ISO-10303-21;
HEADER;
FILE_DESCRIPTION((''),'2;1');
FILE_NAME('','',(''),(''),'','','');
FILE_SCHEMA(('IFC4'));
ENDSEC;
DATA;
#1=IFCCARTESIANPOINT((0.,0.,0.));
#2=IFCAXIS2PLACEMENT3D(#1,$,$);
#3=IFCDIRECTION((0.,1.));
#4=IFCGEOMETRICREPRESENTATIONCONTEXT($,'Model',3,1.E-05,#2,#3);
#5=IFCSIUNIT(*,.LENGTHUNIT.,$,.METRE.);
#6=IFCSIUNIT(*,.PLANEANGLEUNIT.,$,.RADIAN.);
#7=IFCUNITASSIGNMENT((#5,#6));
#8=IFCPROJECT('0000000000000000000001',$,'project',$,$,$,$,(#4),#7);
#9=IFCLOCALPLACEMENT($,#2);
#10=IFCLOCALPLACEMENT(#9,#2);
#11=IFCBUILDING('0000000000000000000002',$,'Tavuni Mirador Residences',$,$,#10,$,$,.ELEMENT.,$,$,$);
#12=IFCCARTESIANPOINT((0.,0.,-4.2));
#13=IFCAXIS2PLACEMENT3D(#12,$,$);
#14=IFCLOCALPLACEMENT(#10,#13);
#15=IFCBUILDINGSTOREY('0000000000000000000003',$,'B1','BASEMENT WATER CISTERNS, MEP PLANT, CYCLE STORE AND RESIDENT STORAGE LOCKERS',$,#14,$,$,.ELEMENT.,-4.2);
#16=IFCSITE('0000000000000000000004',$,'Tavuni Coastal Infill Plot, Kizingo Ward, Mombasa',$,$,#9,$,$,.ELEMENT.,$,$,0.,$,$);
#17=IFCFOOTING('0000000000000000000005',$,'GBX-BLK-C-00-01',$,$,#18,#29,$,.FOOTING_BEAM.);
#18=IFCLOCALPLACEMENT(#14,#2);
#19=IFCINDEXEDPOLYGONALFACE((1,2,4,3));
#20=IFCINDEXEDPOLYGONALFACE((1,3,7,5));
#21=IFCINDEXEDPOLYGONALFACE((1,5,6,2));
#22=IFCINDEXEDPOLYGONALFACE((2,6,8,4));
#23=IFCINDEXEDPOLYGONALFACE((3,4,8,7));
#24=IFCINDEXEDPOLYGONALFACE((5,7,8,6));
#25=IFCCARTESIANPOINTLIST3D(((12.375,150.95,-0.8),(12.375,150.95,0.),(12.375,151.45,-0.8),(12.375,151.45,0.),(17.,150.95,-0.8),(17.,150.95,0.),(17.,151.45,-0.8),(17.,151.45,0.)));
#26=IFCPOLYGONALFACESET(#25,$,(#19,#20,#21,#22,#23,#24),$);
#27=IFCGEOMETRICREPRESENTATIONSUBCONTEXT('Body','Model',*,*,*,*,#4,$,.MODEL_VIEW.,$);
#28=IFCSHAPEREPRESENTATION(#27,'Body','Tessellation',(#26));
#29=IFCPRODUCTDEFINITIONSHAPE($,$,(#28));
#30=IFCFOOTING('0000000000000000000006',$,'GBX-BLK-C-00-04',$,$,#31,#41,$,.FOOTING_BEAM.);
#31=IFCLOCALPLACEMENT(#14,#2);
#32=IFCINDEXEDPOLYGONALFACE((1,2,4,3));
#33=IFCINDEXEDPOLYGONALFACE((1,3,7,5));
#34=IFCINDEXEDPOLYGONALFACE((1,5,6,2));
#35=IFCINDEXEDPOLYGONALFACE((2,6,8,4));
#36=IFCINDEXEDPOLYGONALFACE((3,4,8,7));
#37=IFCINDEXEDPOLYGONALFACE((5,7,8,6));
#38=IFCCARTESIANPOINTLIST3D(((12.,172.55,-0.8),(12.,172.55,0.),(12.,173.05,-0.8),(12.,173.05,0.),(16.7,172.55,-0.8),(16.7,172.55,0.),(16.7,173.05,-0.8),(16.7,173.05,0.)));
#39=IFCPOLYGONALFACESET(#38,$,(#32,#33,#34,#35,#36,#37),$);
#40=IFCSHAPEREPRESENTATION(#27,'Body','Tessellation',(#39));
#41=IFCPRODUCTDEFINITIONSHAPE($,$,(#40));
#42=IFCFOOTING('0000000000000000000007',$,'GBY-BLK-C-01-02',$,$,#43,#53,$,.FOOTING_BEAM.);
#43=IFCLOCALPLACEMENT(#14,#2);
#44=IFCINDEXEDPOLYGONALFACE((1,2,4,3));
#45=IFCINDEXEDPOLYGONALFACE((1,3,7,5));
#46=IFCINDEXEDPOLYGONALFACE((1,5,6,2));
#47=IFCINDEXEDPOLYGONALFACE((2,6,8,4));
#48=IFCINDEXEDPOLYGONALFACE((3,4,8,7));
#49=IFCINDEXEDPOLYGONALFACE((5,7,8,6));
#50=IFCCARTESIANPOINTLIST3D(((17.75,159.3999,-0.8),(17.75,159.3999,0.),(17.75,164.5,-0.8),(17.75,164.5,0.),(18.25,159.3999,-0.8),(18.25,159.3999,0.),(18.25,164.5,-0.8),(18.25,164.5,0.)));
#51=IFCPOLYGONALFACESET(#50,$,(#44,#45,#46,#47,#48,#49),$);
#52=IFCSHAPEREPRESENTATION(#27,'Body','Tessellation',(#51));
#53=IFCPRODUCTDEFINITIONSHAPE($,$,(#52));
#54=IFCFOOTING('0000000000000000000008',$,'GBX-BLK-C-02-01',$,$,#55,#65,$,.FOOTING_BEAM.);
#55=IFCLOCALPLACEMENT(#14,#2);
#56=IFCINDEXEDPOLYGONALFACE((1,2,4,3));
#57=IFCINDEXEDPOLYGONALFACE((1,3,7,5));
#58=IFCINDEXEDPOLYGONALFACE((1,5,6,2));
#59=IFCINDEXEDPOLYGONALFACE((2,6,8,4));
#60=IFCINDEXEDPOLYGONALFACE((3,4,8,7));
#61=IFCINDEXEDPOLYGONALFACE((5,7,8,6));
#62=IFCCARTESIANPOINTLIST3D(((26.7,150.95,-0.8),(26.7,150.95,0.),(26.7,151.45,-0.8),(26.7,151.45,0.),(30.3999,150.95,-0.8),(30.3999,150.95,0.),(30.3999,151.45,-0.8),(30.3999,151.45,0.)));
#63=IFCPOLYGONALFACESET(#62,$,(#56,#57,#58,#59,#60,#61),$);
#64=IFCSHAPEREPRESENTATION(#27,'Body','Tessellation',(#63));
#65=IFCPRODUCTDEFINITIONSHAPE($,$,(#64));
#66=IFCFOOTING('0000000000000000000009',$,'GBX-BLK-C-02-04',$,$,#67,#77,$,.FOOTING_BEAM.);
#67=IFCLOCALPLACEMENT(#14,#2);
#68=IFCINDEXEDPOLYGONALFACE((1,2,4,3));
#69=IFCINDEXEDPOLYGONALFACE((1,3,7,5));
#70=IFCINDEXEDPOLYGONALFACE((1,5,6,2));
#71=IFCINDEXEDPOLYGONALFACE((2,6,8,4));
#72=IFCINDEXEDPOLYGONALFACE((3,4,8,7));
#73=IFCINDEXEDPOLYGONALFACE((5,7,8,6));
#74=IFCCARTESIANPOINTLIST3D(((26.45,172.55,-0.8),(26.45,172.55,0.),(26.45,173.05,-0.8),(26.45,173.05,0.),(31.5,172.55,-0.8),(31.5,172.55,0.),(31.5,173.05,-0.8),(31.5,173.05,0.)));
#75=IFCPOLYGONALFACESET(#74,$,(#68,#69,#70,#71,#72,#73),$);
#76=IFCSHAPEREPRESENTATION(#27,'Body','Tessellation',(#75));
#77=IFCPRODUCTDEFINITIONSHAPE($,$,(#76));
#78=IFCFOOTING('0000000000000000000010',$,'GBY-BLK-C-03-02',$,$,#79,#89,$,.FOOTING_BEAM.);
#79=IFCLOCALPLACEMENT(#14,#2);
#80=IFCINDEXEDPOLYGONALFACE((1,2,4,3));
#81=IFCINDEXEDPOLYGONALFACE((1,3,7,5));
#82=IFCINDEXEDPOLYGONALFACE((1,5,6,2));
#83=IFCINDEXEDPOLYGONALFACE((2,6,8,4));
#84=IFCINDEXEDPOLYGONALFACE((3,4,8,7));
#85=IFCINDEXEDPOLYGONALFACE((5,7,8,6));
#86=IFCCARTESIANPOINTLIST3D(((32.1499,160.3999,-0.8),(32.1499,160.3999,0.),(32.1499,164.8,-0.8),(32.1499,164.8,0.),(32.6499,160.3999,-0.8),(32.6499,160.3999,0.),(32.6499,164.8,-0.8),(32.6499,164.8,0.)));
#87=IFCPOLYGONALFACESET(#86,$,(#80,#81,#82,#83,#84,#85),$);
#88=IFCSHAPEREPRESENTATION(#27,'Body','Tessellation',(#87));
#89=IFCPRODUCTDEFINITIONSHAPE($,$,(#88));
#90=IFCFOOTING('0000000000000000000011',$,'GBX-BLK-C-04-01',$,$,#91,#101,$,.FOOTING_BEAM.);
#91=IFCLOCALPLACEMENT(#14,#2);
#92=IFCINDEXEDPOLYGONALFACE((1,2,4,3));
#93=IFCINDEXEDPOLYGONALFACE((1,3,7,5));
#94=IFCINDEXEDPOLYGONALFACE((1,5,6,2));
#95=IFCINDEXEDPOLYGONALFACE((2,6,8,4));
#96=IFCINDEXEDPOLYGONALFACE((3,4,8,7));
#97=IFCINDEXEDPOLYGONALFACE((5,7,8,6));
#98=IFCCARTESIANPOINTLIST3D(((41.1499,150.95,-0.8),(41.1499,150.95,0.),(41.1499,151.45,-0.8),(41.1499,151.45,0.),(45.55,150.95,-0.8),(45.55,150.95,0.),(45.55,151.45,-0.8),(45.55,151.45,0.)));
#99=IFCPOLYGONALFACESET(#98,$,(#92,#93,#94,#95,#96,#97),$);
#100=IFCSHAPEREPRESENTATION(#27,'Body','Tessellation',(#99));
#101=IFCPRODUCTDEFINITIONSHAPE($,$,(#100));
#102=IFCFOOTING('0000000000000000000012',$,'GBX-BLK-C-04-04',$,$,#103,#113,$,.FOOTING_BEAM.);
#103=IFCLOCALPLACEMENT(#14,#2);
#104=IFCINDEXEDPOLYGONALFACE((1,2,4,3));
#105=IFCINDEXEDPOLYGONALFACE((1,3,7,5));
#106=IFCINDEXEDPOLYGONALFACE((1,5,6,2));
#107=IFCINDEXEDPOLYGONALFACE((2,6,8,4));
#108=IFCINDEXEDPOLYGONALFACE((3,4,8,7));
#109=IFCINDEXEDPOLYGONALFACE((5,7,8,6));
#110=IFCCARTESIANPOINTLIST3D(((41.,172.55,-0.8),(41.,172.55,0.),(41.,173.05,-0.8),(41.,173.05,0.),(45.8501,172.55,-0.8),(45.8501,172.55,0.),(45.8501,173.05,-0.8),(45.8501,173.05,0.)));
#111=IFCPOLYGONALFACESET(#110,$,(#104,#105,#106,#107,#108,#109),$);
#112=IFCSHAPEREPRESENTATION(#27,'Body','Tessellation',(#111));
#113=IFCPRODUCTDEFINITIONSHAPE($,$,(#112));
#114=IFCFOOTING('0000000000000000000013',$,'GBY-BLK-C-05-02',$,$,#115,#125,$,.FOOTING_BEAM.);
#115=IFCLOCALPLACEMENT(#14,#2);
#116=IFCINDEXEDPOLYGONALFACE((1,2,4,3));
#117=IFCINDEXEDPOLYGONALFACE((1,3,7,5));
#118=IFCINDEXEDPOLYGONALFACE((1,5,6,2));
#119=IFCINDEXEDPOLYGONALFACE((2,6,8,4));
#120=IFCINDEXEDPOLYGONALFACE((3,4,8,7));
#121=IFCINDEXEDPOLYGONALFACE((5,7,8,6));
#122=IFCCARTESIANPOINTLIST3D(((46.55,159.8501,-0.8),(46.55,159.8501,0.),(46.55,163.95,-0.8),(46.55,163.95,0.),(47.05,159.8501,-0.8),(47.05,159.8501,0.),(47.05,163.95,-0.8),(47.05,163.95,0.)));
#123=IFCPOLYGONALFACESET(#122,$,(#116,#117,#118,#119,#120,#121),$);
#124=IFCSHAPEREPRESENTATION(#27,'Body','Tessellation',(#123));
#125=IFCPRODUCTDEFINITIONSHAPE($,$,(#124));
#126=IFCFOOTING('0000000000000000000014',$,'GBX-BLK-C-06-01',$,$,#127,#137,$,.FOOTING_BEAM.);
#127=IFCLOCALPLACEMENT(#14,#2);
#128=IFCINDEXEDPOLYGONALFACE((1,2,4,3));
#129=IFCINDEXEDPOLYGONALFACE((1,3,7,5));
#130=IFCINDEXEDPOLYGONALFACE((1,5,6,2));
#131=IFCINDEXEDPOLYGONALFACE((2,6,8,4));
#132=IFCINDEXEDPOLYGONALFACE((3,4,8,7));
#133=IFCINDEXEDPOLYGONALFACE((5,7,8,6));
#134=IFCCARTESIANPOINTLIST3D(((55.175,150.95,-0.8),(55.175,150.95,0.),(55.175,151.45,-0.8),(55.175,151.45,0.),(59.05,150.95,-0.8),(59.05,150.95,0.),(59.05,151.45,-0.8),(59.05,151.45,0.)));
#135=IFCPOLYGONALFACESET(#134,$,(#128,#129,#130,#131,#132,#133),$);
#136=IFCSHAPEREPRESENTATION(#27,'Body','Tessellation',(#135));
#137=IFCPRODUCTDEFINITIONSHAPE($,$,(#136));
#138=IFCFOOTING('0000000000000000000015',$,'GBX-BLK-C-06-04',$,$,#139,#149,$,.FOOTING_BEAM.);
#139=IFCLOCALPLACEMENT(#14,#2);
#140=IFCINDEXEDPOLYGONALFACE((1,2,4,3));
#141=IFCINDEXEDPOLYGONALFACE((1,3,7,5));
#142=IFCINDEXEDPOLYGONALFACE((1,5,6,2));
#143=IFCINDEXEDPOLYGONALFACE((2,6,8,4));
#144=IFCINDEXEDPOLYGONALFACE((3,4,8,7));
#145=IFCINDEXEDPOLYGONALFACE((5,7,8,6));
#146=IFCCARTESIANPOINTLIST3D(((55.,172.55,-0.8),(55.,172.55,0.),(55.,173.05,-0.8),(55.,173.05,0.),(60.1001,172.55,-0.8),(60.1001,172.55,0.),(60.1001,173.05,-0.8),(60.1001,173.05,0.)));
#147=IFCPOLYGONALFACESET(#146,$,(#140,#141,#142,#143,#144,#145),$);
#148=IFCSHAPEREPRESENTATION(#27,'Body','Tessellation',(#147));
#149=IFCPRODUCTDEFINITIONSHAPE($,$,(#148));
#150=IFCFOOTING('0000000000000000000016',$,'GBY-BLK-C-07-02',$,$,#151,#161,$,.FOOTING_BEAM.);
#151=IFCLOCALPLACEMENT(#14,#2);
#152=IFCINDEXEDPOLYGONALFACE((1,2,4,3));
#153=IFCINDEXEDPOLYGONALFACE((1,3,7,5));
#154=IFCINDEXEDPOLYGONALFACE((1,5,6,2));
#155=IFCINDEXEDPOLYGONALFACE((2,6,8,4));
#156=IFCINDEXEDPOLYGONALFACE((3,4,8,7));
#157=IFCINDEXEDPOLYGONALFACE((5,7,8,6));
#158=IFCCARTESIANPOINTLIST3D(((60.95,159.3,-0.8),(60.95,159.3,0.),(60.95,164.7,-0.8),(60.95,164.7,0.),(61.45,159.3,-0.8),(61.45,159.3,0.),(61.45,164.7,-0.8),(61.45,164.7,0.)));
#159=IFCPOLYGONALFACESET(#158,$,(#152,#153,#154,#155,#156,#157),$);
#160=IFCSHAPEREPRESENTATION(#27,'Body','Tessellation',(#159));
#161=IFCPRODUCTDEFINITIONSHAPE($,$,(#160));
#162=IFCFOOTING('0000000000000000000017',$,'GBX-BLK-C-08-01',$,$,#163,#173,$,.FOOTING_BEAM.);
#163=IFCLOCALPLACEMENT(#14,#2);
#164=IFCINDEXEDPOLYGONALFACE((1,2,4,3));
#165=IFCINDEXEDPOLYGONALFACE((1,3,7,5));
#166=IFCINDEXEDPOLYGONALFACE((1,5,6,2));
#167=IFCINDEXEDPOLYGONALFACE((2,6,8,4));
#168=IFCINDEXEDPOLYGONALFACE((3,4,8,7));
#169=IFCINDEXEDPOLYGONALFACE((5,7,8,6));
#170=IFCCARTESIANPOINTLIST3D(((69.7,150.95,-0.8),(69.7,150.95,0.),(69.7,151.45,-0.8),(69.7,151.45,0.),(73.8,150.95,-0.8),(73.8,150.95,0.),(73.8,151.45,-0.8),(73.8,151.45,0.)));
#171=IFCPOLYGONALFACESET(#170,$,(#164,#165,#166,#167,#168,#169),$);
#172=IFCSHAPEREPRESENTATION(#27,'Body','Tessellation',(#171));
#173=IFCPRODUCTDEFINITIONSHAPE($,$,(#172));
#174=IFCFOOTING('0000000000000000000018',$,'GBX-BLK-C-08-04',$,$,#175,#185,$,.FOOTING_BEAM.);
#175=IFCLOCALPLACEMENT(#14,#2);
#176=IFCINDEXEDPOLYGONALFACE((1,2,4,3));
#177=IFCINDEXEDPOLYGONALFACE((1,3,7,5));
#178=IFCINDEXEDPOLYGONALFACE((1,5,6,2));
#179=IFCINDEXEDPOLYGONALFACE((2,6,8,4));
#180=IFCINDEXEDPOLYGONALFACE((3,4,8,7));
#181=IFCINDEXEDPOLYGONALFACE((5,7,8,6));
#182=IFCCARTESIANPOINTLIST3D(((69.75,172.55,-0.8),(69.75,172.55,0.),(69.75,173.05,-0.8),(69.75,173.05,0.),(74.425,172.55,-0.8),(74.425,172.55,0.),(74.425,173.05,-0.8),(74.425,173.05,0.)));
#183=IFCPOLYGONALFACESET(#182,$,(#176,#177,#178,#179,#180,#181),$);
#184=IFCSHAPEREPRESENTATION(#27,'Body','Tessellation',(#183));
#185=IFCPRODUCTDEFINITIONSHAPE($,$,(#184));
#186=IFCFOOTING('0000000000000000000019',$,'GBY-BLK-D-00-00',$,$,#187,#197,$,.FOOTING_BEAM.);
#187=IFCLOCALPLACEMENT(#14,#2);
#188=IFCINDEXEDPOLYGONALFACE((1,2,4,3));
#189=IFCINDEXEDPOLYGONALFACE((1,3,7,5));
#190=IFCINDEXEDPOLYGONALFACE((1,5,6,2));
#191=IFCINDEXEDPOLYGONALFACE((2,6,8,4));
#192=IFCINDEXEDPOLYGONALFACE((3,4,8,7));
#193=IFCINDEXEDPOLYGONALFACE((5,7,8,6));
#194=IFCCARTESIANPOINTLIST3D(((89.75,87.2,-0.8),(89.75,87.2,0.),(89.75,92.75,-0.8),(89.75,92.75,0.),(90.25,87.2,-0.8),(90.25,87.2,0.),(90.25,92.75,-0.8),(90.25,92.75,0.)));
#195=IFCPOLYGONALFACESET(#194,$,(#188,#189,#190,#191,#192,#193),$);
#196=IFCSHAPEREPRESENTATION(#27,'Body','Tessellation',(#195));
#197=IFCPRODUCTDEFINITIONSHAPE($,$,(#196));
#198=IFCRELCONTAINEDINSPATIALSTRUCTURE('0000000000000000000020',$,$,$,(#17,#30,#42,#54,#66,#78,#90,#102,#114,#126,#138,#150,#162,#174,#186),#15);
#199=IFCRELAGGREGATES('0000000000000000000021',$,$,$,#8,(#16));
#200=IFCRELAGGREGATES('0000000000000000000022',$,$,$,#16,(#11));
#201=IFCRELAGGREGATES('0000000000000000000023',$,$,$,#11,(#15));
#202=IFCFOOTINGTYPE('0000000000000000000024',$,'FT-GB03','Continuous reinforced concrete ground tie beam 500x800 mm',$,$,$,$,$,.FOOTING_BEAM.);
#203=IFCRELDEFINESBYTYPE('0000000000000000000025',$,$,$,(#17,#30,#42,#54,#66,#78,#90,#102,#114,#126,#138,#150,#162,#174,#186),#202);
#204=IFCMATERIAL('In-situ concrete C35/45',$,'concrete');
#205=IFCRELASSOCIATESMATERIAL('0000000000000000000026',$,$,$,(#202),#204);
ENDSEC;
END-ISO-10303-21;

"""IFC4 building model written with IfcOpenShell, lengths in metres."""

from ifc_helpers import new_model, si_unit, direction, frame, origin, place, context, subcontext, project, spatial, polyline, outline, extrude, material, type_object, element, save


model = new_model("IFC4")

# Units and contexts
model_context = context("Model", 3, precision=1e-05, world=origin(), true_north=direction((0.0, 1.0)))
body_context = subcontext(model_context, "Body", "Model", "MODEL_VIEW")
ifc_project = project(units=[si_unit("LENGTHUNIT", "METRE"), si_unit("PLANEANGLEUNIT", "RADIAN")], contexts=[model_context])

# Site, building, storey
site_placement = place(None, origin())
site = spatial("IfcSite", under=ifc_project, at=site_placement, Name="Tavuni Coastal Infill Plot, Kizingo Ward, Mombasa", CompositionType="ELEMENT", RefElevation=0.0)
building_placement = place(site_placement, origin())
building = spatial("IfcBuilding", under=site, at=building_placement, Name="Tavuni Mirador Residences", CompositionType="ELEMENT")
storey_placement = place(building_placement, frame((0.0, 0.0, -4.2)))
storey = spatial("IfcBuildingStorey", under=building, at=storey_placement, Name="B1", Description="BASEMENT WATER CISTERNS, MEP PLANT, CYCLE STORE AND RESIDENT STORAGE LOCKERS", CompositionType="ELEMENT", Elevation=-4.2)

# Footings
ifc_material = material(Name="In-situ concrete C35/45", Category="concrete")
footing_type = type_object("IfcFootingType", Name="FT-GB03", Description="Continuous reinforced concrete ground tie beam 500x800 mm", PredefinedType="FOOTING_BEAM", material=ifc_material)
footing_1_placement = place(storey_placement, frame((0.0, 0.0, -0.8)))
element("IfcFooting", 1, at=footing_1_placement, inside=storey, type_object=footing_type, Name="GBX-BLK-C-00-01", PredefinedType="FOOTING_BEAM", context=body_context, shape_type="SweptSolid", body=[
    extrude(outline(polyline([(12.375, 150.95), (17.0, 150.95), (17.0, 151.45), (12.375, 151.45), (12.375, 150.95)])), origin(), (0.0, 0.0, 1.0), 0.8),
])
footing_2_placement = place(storey_placement, frame((0.0, 0.0, -0.8)))
element("IfcFooting", 2, at=footing_2_placement, inside=storey, type_object=footing_type, Name="GBX-BLK-C-00-04", PredefinedType="FOOTING_BEAM", context=body_context, shape_type="SweptSolid", body=[
    extrude(outline(polyline([(12.0, 172.55), (16.7, 172.55), (16.7, 173.05), (12.0, 173.05), (12.0, 172.55)])), origin(), (0.0, 0.0, 1.0), 0.8),
])
footing_3_placement = place(storey_placement, frame((0.0, 0.0, -0.8)))
element("IfcFooting", 3, at=footing_3_placement, inside=storey, type_object=footing_type, Name="GBY-BLK-C-01-02", PredefinedType="FOOTING_BEAM", context=body_context, shape_type="SweptSolid", body=[
    extrude(outline(polyline([(17.75, 159.3999), (18.25, 159.3999), (18.25, 164.5), (17.75, 164.5), (17.75, 159.3999)])), origin(), (0.0, 0.0, 1.0), 0.8),
])
footing_4_placement = place(storey_placement, frame((0.0, 0.0, -0.8)))
element("IfcFooting", 4, at=footing_4_placement, inside=storey, type_object=footing_type, Name="GBX-BLK-C-02-01", PredefinedType="FOOTING_BEAM", context=body_context, shape_type="SweptSolid", body=[
    extrude(outline(polyline([(26.7, 150.95), (30.3999, 150.95), (30.3999, 151.45), (26.7, 151.45), (26.7, 150.95)])), origin(), (0.0, 0.0, 1.0), 0.8),
])
footing_5_placement = place(storey_placement, frame((0.0, 0.0, -0.8)))
element("IfcFooting", 5, at=footing_5_placement, inside=storey, type_object=footing_type, Name="GBX-BLK-C-02-04", PredefinedType="FOOTING_BEAM", context=body_context, shape_type="SweptSolid", body=[
    extrude(outline(polyline([(26.45, 172.55), (31.5, 172.55), (31.5, 173.05), (26.45, 173.05), (26.45, 172.55)])), origin(), (0.0, 0.0, 1.0), 0.8),
])
footing_6_placement = place(storey_placement, frame((0.0, 0.0, -0.8)))
element("IfcFooting", 6, at=footing_6_placement, inside=storey, type_object=footing_type, Name="GBY-BLK-C-03-02", PredefinedType="FOOTING_BEAM", context=body_context, shape_type="SweptSolid", body=[
    extrude(outline(polyline([(32.1499, 160.3999), (32.6499, 160.3999), (32.6499, 164.8), (32.1499, 164.8), (32.1499, 160.3999)])), origin(), (0.0, 0.0, 1.0), 0.8),
])
footing_7_placement = place(storey_placement, frame((0.0, 0.0, -0.8)))
element("IfcFooting", 7, at=footing_7_placement, inside=storey, type_object=footing_type, Name="GBX-BLK-C-04-01", PredefinedType="FOOTING_BEAM", context=body_context, shape_type="SweptSolid", body=[
    extrude(outline(polyline([(41.1499, 150.95), (45.55, 150.95), (45.55, 151.45), (41.1499, 151.45), (41.1499, 150.95)])), origin(), (0.0, 0.0, 1.0), 0.8),
])
footing_8_placement = place(storey_placement, frame((0.0, 0.0, -0.8)))
element("IfcFooting", 8, at=footing_8_placement, inside=storey, type_object=footing_type, Name="GBX-BLK-C-04-04", PredefinedType="FOOTING_BEAM", context=body_context, shape_type="SweptSolid", body=[
    extrude(outline(polyline([(41.0, 172.55), (45.8501, 172.55), (45.8501, 173.05), (41.0, 173.05), (41.0, 172.55)])), origin(), (0.0, 0.0, 1.0), 0.8),
])
footing_9_placement = place(storey_placement, frame((0.0, 0.0, -0.8)))
element("IfcFooting", 9, at=footing_9_placement, inside=storey, type_object=footing_type, Name="GBY-BLK-C-05-02", PredefinedType="FOOTING_BEAM", context=body_context, shape_type="SweptSolid", body=[
    extrude(outline(polyline([(46.55, 159.8501), (47.05, 159.8501), (47.05, 163.95), (46.55, 163.95), (46.55, 159.8501)])), origin(), (0.0, 0.0, 1.0), 0.8),
])
footing_10_placement = place(storey_placement, frame((0.0, 0.0, -0.8)))
element("IfcFooting", 10, at=footing_10_placement, inside=storey, type_object=footing_type, Name="GBX-BLK-C-06-01", PredefinedType="FOOTING_BEAM", context=body_context, shape_type="SweptSolid", body=[
    extrude(outline(polyline([(55.175, 150.95), (59.05, 150.95), (59.05, 151.45), (55.175, 151.45), (55.175, 150.95)])), origin(), (0.0, 0.0, 1.0), 0.8),
])
footing_11_placement = place(storey_placement, frame((0.0, 0.0, -0.8)))
element("IfcFooting", 11, at=footing_11_placement, inside=storey, type_object=footing_type, Name="GBX-BLK-C-06-04", PredefinedType="FOOTING_BEAM", context=body_context, shape_type="SweptSolid", body=[
    extrude(outline(polyline([(55.0, 172.55), (60.1001, 172.55), (60.1001, 173.05), (55.0, 173.05), (55.0, 172.55)])), origin(), (0.0, 0.0, 1.0), 0.8),
])
footing_12_placement = place(storey_placement, frame((0.0, 0.0, -0.8)))
element("IfcFooting", 12, at=footing_12_placement, inside=storey, type_object=footing_type, Name="GBY-BLK-C-07-02", PredefinedType="FOOTING_BEAM", context=body_context, shape_type="SweptSolid", body=[
    extrude(outline(polyline([(60.95, 159.3), (61.45, 159.3), (61.45, 164.7), (60.95, 164.7), (60.95, 159.3)])), origin(), (0.0, 0.0, 1.0), 0.8),
])
footing_13_placement = place(storey_placement, frame((0.0, 0.0, -0.8)))
element("IfcFooting", 13, at=footing_13_placement, inside=storey, type_object=footing_type, Name="GBX-BLK-C-08-01", PredefinedType="FOOTING_BEAM", context=body_context, shape_type="SweptSolid", body=[
    extrude(outline(polyline([(69.7, 150.95), (73.8, 150.95), (73.8, 151.45), (69.7, 151.45), (69.7, 150.95)])), origin(), (0.0, 0.0, 1.0), 0.8),
])
footing_14_placement = place(storey_placement, frame((0.0, 0.0, -0.8)))
element("IfcFooting", 14, at=footing_14_placement, inside=storey, type_object=footing_type, Name="GBX-BLK-C-08-04", PredefinedType="FOOTING_BEAM", context=body_context, shape_type="SweptSolid", body=[
    extrude(outline(polyline([(69.75, 172.55), (74.425, 172.55), (74.425, 173.05), (69.75, 173.05), (69.75, 172.55)])), origin(), (0.0, 0.0, 1.0), 0.8),
])
footing_15_placement = place(storey_placement, frame((0.0, 0.0, -0.8)))
element("IfcFooting", 15, at=footing_15_placement, inside=storey, type_object=footing_type, Name="GBY-BLK-D-00-00", PredefinedType="FOOTING_BEAM", context=body_context, shape_type="SweptSolid", body=[
    extrude(outline(polyline([(89.75, 87.2), (90.25, 87.2), (90.25, 92.75), (89.75, 92.75), (89.75, 87.2)])), origin(), (0.0, 0.0, 1.0), 0.8),
])

save(model, "model.ifc")
